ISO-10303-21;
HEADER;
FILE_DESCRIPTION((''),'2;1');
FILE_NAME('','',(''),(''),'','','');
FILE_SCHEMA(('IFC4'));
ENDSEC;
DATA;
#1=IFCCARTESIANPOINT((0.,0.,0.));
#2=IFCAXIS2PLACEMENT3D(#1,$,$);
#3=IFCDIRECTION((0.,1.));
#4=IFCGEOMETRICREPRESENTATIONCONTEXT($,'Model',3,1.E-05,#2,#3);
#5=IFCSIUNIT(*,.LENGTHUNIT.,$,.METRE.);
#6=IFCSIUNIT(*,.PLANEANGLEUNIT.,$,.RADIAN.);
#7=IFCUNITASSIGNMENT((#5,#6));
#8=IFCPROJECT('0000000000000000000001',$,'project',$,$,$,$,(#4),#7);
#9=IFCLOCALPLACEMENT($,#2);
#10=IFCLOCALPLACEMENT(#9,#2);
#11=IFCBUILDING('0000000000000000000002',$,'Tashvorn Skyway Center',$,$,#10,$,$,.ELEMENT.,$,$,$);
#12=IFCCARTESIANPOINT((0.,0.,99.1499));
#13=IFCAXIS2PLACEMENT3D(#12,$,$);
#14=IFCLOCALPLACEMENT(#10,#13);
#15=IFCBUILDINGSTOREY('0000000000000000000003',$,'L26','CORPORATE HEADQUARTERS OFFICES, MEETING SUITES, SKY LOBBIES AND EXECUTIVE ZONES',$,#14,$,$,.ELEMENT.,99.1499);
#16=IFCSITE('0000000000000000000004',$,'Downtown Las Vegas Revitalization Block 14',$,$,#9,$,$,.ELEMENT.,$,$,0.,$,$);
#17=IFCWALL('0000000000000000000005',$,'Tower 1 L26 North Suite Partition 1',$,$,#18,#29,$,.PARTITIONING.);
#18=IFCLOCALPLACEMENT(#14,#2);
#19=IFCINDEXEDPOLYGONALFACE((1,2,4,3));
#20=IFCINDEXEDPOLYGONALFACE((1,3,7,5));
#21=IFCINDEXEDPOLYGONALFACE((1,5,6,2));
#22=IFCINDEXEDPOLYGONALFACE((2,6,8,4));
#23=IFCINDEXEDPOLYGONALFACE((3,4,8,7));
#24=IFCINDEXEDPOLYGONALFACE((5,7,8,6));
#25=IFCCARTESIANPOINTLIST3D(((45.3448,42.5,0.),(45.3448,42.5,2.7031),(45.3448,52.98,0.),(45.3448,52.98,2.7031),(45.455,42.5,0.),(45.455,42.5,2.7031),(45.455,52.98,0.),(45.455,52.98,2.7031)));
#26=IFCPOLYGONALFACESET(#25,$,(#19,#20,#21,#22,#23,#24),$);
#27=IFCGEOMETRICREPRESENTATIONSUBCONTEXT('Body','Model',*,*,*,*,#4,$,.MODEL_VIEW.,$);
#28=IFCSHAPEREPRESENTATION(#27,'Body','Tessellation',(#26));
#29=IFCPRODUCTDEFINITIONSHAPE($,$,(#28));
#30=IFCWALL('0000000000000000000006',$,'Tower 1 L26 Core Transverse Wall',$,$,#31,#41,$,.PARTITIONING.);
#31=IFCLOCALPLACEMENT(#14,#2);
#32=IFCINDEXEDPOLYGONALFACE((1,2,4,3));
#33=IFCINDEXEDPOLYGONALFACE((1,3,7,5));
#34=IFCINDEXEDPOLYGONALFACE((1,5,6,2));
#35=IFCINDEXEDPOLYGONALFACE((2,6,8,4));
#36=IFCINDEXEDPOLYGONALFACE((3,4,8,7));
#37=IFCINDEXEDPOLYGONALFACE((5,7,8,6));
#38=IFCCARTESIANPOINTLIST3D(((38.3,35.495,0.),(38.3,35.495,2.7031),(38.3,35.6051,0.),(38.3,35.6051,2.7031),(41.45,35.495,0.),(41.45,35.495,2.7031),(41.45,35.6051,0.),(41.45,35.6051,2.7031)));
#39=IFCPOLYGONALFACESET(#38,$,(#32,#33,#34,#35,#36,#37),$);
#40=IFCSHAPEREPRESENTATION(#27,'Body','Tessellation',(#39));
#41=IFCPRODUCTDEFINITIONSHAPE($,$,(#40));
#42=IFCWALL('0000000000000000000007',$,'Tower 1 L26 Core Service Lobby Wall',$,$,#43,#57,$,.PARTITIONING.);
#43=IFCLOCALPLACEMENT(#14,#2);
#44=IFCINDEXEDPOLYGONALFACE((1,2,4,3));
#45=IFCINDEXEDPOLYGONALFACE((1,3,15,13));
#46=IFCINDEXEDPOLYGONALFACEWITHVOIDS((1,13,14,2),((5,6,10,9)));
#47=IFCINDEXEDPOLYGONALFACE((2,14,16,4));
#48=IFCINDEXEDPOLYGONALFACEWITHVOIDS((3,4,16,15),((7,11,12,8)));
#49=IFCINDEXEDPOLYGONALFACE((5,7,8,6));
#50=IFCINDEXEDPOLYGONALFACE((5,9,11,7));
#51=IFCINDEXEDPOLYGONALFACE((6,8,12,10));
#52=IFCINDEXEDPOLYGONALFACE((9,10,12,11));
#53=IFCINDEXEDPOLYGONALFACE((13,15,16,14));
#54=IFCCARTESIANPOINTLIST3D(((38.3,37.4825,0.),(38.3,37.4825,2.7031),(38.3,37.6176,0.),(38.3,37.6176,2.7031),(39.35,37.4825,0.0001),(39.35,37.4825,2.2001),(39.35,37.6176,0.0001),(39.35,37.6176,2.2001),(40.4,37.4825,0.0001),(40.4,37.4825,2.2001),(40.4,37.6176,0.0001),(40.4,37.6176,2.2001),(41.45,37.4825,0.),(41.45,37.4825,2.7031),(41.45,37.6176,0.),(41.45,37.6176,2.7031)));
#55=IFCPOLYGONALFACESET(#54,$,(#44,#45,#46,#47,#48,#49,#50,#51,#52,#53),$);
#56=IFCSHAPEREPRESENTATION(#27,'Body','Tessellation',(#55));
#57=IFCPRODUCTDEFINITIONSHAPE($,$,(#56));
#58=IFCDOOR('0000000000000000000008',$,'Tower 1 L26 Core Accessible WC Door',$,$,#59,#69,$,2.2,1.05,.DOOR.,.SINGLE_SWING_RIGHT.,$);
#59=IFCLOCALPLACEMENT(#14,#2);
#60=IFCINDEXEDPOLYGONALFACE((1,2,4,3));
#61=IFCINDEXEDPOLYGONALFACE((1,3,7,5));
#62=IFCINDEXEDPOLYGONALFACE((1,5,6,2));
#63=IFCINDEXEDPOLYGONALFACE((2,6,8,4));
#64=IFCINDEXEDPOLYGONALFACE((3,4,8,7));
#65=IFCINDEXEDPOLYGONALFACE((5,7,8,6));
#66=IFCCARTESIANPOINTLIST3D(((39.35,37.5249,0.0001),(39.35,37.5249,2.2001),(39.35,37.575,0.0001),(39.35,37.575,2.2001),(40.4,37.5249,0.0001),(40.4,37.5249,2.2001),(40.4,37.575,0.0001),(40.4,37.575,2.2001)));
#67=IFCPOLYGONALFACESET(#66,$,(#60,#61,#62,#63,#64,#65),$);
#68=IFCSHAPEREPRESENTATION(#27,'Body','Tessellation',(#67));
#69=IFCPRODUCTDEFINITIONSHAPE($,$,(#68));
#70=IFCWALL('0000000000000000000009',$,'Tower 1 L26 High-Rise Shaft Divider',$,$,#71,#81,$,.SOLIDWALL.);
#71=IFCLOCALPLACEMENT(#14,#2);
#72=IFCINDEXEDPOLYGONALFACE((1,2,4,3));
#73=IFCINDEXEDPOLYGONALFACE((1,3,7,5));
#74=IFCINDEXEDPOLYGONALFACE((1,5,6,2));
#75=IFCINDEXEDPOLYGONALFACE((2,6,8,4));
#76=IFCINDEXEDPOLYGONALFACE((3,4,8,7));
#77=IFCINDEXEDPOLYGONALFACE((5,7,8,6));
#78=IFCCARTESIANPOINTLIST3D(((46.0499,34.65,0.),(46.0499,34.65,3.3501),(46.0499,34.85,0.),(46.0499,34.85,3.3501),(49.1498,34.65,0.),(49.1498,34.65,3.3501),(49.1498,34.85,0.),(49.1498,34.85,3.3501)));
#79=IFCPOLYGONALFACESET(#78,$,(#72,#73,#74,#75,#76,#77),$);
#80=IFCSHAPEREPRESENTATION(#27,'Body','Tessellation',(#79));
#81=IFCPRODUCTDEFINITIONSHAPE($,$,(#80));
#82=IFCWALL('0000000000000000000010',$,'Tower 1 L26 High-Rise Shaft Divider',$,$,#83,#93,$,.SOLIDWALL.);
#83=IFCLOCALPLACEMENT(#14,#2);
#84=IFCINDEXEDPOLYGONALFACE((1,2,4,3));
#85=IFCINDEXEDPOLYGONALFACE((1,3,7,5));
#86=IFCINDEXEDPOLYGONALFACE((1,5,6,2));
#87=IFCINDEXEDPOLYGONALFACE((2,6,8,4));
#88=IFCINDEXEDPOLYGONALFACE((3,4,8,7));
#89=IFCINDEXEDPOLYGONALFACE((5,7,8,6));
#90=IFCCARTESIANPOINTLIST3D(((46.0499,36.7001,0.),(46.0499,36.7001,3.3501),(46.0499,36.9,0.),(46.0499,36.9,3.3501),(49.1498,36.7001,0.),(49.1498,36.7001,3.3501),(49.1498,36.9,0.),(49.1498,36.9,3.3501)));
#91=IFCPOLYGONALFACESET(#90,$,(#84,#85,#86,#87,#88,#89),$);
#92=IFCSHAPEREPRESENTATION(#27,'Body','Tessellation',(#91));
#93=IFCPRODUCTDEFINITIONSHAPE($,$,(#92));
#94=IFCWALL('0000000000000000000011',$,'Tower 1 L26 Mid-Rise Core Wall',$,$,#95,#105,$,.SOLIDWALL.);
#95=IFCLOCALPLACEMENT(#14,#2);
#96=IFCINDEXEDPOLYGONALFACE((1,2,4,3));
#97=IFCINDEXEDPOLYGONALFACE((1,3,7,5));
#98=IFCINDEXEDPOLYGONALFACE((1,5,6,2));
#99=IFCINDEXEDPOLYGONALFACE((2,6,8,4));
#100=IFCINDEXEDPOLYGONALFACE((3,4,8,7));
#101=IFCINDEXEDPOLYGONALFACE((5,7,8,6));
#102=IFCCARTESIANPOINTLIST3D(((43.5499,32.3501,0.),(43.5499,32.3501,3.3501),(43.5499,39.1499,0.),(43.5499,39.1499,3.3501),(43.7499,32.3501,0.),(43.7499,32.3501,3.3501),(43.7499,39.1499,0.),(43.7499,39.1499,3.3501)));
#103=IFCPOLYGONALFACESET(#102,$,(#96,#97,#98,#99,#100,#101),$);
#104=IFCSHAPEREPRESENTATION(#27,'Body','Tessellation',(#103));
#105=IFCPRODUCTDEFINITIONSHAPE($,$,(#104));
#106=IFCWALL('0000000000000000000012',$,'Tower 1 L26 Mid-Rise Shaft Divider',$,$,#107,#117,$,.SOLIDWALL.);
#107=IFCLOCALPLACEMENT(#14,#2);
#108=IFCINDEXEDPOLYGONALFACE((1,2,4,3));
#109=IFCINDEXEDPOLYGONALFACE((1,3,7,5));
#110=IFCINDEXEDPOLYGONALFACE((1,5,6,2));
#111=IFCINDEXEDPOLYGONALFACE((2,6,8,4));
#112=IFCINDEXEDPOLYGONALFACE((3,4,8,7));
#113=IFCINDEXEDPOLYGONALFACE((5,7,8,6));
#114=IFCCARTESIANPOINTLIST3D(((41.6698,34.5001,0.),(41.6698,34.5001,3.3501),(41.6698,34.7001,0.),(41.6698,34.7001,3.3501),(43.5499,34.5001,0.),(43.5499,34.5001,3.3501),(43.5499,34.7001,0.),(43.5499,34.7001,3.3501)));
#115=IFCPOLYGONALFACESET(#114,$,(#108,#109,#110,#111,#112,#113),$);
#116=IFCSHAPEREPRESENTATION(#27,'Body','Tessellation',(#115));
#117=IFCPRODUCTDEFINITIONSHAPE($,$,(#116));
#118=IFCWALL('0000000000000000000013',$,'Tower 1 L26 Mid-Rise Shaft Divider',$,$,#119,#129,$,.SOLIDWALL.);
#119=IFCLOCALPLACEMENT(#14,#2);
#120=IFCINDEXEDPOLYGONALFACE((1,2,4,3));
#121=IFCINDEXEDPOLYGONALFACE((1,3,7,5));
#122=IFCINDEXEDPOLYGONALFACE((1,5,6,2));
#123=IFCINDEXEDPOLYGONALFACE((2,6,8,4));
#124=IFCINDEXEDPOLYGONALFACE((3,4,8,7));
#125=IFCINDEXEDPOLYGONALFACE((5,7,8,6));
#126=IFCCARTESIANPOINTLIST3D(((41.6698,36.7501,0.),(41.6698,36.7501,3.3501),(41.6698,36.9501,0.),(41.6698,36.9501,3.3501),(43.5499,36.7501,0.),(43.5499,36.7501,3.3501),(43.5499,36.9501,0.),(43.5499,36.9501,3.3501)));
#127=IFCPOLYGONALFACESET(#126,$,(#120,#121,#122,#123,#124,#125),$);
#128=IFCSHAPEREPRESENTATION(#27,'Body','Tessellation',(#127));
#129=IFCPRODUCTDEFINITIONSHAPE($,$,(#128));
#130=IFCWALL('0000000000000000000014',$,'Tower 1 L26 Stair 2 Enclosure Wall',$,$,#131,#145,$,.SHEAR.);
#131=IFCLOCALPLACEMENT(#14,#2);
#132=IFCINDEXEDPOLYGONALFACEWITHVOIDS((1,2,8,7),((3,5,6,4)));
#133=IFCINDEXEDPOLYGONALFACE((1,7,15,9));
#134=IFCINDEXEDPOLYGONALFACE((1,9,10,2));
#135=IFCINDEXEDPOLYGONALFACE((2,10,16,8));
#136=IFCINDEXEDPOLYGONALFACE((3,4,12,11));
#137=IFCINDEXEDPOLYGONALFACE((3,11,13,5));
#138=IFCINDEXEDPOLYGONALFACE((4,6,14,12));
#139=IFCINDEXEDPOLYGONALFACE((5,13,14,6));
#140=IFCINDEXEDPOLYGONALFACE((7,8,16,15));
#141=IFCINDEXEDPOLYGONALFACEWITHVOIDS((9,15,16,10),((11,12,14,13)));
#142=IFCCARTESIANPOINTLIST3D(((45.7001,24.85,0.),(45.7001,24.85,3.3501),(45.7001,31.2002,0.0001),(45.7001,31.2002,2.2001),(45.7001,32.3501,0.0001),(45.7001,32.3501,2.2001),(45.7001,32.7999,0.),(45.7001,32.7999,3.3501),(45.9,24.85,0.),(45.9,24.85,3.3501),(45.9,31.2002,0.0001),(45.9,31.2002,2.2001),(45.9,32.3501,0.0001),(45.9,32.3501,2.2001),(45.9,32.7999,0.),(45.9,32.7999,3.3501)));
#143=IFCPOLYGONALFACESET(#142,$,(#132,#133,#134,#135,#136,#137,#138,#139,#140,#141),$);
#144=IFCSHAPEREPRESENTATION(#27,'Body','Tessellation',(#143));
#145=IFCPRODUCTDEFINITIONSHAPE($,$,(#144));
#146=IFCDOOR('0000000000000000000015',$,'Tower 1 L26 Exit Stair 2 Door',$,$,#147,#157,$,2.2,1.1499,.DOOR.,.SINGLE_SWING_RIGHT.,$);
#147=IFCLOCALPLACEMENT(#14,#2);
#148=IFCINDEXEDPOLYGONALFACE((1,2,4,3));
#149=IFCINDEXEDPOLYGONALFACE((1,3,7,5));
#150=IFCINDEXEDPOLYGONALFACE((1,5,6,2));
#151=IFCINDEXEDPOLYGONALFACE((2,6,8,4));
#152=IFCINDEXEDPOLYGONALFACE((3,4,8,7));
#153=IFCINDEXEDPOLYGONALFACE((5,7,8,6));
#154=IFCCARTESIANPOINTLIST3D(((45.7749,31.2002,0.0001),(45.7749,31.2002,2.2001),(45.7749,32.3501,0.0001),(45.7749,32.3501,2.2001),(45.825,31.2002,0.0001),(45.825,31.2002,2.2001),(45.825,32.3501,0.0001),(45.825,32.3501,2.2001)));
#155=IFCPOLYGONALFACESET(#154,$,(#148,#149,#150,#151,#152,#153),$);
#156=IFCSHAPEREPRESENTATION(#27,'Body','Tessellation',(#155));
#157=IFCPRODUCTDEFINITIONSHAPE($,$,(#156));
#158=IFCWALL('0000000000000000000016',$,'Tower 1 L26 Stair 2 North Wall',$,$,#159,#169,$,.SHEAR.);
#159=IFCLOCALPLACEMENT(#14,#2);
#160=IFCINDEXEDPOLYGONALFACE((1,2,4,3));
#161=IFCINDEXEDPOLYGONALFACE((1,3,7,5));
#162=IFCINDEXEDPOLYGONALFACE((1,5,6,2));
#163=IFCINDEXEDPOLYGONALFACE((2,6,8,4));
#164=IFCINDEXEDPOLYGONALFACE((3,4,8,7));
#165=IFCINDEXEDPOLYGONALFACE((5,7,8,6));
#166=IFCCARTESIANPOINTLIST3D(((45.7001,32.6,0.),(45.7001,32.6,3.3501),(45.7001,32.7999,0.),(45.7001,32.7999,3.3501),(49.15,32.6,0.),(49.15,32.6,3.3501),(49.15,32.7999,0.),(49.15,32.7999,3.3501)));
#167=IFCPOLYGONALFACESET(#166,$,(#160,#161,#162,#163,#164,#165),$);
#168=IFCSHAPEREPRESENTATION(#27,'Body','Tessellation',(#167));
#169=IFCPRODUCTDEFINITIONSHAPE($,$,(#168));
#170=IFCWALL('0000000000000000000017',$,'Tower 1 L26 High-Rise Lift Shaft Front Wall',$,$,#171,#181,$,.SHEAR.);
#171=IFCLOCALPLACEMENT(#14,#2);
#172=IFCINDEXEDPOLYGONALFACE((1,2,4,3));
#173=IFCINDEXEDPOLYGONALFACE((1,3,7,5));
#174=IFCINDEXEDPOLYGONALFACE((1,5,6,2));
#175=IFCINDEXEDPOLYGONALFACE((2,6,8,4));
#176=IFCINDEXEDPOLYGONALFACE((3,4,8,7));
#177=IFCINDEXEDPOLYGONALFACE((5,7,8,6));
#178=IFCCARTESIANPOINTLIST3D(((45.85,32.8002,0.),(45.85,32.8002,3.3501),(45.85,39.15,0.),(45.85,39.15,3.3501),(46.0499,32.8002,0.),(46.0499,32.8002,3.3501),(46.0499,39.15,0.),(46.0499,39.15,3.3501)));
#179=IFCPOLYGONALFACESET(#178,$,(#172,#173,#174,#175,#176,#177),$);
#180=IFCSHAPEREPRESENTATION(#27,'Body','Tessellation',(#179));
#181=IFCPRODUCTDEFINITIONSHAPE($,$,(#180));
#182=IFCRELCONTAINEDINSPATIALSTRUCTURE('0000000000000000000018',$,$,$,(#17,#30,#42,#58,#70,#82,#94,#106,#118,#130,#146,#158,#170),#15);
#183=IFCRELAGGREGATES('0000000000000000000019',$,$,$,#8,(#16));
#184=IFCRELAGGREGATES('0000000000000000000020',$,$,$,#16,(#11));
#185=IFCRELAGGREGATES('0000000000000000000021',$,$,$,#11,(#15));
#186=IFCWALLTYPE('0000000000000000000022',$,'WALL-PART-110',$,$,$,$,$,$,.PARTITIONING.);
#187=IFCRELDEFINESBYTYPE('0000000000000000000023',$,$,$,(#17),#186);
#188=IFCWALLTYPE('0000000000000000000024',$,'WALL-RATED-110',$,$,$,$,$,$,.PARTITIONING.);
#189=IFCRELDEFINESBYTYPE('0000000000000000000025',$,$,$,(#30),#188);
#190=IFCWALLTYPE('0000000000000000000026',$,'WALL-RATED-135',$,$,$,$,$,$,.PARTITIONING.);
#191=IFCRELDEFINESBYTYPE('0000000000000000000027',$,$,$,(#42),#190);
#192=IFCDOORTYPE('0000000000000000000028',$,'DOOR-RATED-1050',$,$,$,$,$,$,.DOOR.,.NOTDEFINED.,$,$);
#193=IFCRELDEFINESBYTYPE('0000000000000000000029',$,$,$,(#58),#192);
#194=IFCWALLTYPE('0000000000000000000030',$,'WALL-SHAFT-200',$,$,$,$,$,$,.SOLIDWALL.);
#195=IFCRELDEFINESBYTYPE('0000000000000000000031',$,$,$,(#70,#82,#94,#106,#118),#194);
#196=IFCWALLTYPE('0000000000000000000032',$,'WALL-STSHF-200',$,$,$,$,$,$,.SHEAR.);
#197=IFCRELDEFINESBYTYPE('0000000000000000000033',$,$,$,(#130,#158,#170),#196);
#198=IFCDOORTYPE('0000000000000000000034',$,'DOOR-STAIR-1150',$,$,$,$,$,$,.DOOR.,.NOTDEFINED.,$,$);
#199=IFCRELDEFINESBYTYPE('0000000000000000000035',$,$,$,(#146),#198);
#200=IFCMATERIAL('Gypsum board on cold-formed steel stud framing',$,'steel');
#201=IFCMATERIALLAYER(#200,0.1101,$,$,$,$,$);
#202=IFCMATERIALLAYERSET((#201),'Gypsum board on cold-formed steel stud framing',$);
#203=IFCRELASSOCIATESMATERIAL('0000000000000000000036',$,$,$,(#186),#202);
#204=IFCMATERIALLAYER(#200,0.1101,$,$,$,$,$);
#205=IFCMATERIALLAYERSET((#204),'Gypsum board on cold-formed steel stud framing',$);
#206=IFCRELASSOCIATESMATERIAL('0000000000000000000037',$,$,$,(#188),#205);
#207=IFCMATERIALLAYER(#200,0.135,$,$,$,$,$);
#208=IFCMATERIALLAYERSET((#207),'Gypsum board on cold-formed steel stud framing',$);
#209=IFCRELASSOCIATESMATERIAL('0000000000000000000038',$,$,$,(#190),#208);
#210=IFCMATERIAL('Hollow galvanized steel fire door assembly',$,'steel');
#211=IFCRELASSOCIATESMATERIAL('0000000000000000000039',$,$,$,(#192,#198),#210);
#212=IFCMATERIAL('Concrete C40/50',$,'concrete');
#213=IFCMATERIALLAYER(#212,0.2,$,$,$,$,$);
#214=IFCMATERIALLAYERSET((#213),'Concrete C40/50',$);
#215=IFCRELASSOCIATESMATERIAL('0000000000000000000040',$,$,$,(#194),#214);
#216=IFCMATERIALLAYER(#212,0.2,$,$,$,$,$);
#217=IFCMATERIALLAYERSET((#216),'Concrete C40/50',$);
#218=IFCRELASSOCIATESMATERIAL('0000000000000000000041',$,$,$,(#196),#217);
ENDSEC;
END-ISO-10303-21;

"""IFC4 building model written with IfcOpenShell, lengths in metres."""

from ifc_helpers import new_model, si_unit, direction, frame, frame_2d, origin, place, context, subcontext, project, spatial, rectangle, extrude, material, layer, layer_set, type_object, element, fill, save


model = new_model("IFC4")

# Units and contexts
model_context = context("Model", 3, precision=1e-05, world=origin(), true_north=direction((0.0, 1.0)))
body_context = subcontext(model_context, "Body", "Model", "MODEL_VIEW")
ifc_project = project(units=[si_unit("LENGTHUNIT", "METRE"), si_unit("PLANEANGLEUNIT", "RADIAN")], contexts=[model_context])

# Site, building, storey
site_placement = place(None, origin())
site = spatial("IfcSite", under=ifc_project, at=site_placement, Name="Downtown Las Vegas Revitalization Block 14", CompositionType="ELEMENT", RefElevation=0.0)
building_placement = place(site_placement, origin())
building = spatial("IfcBuilding", under=site, at=building_placement, Name="Tashvorn Skyway Center", CompositionType="ELEMENT")
storey_placement = place(building_placement, frame((0.0, 0.0, 99.1499)))
storey = spatial("IfcBuildingStorey", under=building, at=storey_placement, Name="L26", Description="CORPORATE HEADQUARTERS OFFICES, MEETING SUITES, SKY LOBBIES AND EXECUTIVE ZONES", CompositionType="ELEMENT", Elevation=99.1499)

# Shared definitions
ifc_material_1 = material(Name="Concrete C40/50", Category="concrete")
ifc_material_2 = material(Name="Hollow galvanized steel fire door assembly", Category="steel")

# Walls
ifc_material_3 = material(Name="Gypsum board on cold-formed steel stud framing", Category="steel")
ifc_layer_1 = layer(ifc_material_3, 0.1101)
ifc_layer_set_1 = layer_set([ifc_layer_1], Name="Gypsum board on cold-formed steel stud framing")
wall_type_1 = type_object("IfcWallType", Name="WALL-PART-110", PredefinedType="PARTITIONING", material=ifc_layer_set_1)
wall_1_placement = place(storey_placement, frame((45.3999, 42.5, 0.0), z_axis=(0.0, 0.0, 1.0), x_axis=(0.0, 1.0, 0.0)))
element("IfcWall", 1, at=wall_1_placement, inside=storey, type_object=wall_type_1, Name="Tower 1 L26 North Suite Partition 1", PredefinedType="PARTITIONING", context=body_context, shape_type="SweptSolid", body=[
    extrude(rectangle(XDim=10.48, YDim=0.1101, at=frame_2d((5.24, 0.0))), origin(), (0.0, 0.0, 1.0), 2.7031),
])
ifc_layer_2 = layer(ifc_material_3, 0.1101)
ifc_layer_set_2 = layer_set([ifc_layer_2], Name="Gypsum board on cold-formed steel stud framing")
wall_type_2 = type_object("IfcWallType", Name="WALL-RATED-110", PredefinedType="PARTITIONING", material=ifc_layer_set_2)
wall_2_placement = place(storey_placement, frame((38.3, 35.55, 0.0), z_axis=(0.0, 0.0, 1.0), x_axis=(1.0, 0.0, 0.0)))
element("IfcWall", 2, at=wall_2_placement, inside=storey, type_object=wall_type_2, Name="Tower 1 L26 Core Transverse Wall", PredefinedType="PARTITIONING", context=body_context, shape_type="SweptSolid", body=[
    extrude(rectangle(XDim=3.1499, YDim=0.1101, at=frame_2d((1.575, 0.0))), origin(), (0.0, 0.0, 1.0), 2.7031),
])

# Wall, opening, door
ifc_layer_3 = layer(ifc_material_3, 0.135)
ifc_layer_set_3 = layer_set([ifc_layer_3], Name="Gypsum board on cold-formed steel stud framing")
wall_type_3 = type_object("IfcWallType", Name="WALL-RATED-135", PredefinedType="PARTITIONING", material=ifc_layer_set_3)
wall_3_placement = place(storey_placement, frame((38.3, 37.55, 0.0), z_axis=(0.0, 0.0, 1.0), x_axis=(1.0, 0.0, 0.0)))
wall_3 = element("IfcWall", 3, at=wall_3_placement, inside=storey, type_object=wall_type_3, Name="Tower 1 L26 Core Service Lobby Wall", PredefinedType="PARTITIONING", context=body_context, shape_type="SweptSolid", body=[
    extrude(rectangle(XDim=3.1499, YDim=0.135, at=frame_2d((1.575, 0.0))), origin(), (0.0, 0.0, 1.0), 2.7031),
])
opening_1_placement = place(wall_3_placement, frame((1.05, 0.0, 0.0)))
opening_1 = element("IfcOpeningElement", 4, at=opening_1_placement, cuts=wall_3, PredefinedType="OPENING", context=body_context, shape_type="SweptSolid", body=[
    extrude(rectangle(XDim=1.05, YDim=2.2, at=frame_2d((0.5249, 1.1001))), frame((0.0, 0.0774, 0.0), z_axis=(0.0, -1.0, 0.0), x_axis=(1.0, 0.0, 0.0)), (0.0, 0.0, 1.0), 0.155),
])
door_type_1 = type_object("IfcDoorType", Name="DOOR-RATED-1050", OperationType="NOTDEFINED", PredefinedType="DOOR", material=ifc_material_2)
door_1_placement = place(opening_1_placement, origin())
door_1 = element("IfcDoor", 5, at=door_1_placement, inside=storey, type_object=door_type_1, Name="Tower 1 L26 Core Accessible WC Door", OperationType="SINGLE_SWING_RIGHT", OverallHeight=2.2, OverallWidth=1.05, PredefinedType="DOOR", context=body_context, shape_type="SweptSolid", body=[
    extrude(rectangle(XDim=1.05, YDim=2.2, at=frame_2d((0.5249, 1.1001))), frame((0.0, 0.0249, 0.0), z_axis=(0.0, -1.0, 0.0), x_axis=(1.0, 0.0, 0.0)), (0.0, 0.0, 1.0), 0.05),
])
fill(opening_1, door_1)

# Walls
ifc_layer_4 = layer(ifc_material_1, 0.2)
ifc_layer_set_4 = layer_set([ifc_layer_4], Name="Concrete C40/50")
wall_type_4 = type_object("IfcWallType", Name="WALL-SHAFT-200", PredefinedType="SOLIDWALL", material=ifc_layer_set_4)
for number, where, z_axis, x_axis, name in (
    (6, (46.05, 34.75, 0.0), (0.0, 0.0, 1.0), (1.0, 0.0, 0.0), "Tower 1 L26 High-Rise Shaft Divider"),
    (7, (46.05, 36.8, 0.0), (0.0, 0.0, 1.0), (1.0, 0.0, 0.0), "Tower 1 L26 High-Rise Shaft Divider"),
):
    element("IfcWall", number, at=place(storey_placement, frame(where, z_axis=z_axis, x_axis=x_axis)), inside=storey, type_object=wall_type_4, Name=name, PredefinedType="SOLIDWALL", context=body_context, shape_type="SweptSolid", body=[
        extrude(rectangle(XDim=3.0999, YDim=0.2, at=frame_2d((1.5498, 0.0))), origin(), (0.0, 0.0, 1.0), 3.3501),
    ])
wall_4_placement = place(storey_placement, frame((43.6499, 32.3501, 0.0), z_axis=(0.0, 0.0, 1.0), x_axis=(0.0, 1.0, 0.0)))
element("IfcWall", 8, at=wall_4_placement, inside=storey, type_object=wall_type_4, Name="Tower 1 L26 Mid-Rise Core Wall", PredefinedType="SOLIDWALL", context=body_context, shape_type="SweptSolid", body=[
    extrude(rectangle(XDim=6.7998, YDim=0.2, at=frame_2d((3.3999, 0.0))), origin(), (0.0, 0.0, 1.0), 3.3501),
])
for number, where, z_axis, x_axis, name in (
    (9, (41.6699, 34.6001, 0.0), (0.0, 0.0, 1.0), (1.0, 0.0, 0.0), "Tower 1 L26 Mid-Rise Shaft Divider"),
    (10, (41.6699, 36.8501, 0.0), (0.0, 0.0, 1.0), (1.0, 0.0, 0.0), "Tower 1 L26 Mid-Rise Shaft Divider"),
):
    element("IfcWall", number, at=place(storey_placement, frame(where, z_axis=z_axis, x_axis=x_axis)), inside=storey, type_object=wall_type_4, Name=name, PredefinedType="SOLIDWALL", context=body_context, shape_type="SweptSolid", body=[
        extrude(rectangle(XDim=1.8801, YDim=0.2, at=frame_2d((0.9399, 0.0))), origin(), (0.0, 0.0, 1.0), 3.3501),
    ])

# Wall, opening, door
ifc_layer_5 = layer(ifc_material_1, 0.2)
ifc_layer_set_5 = layer_set([ifc_layer_5], Name="Concrete C40/50")
wall_type_5 = type_object("IfcWallType", Name="WALL-STSHF-200", PredefinedType="SHEAR", material=ifc_layer_set_5)
wall_5_placement = place(storey_placement, frame((45.8, 32.8, 0.0), z_axis=(0.0, 0.0, 1.0), x_axis=(0.0, -1.0, 0.0)))
wall_5 = element("IfcWall", 11, at=wall_5_placement, inside=storey, type_object=wall_type_5, Name="Tower 1 L26 Stair 2 Enclosure Wall", PredefinedType="SHEAR", context=body_context, shape_type="SweptSolid", body=[
    extrude(rectangle(XDim=7.95, YDim=0.2, at=frame_2d((3.9751, 0.0))), origin(), (0.0, 0.0, 1.0), 3.3501),
])
opening_2_placement = place(wall_5_placement, frame((0.45, 0.0, 0.0)))
opening_2 = element("IfcOpeningElement", 12, at=opening_2_placement, cuts=wall_5, PredefinedType="OPENING", context=body_context, shape_type="SweptSolid", body=[
    extrude(rectangle(XDim=1.1499, YDim=2.2, at=frame_2d((0.575, 1.1001))), frame((0.0, 0.1099, 0.0), z_axis=(0.0, -1.0, 0.0), x_axis=(1.0, 0.0, 0.0)), (0.0, 0.0, 1.0), 0.22),
])
door_type_2 = type_object("IfcDoorType", Name="DOOR-STAIR-1150", OperationType="NOTDEFINED", PredefinedType="DOOR", material=ifc_material_2)
door_2_placement = place(opening_2_placement, origin())
door_2 = element("IfcDoor", 13, at=door_2_placement, inside=storey, type_object=door_type_2, Name="Tower 1 L26 Exit Stair 2 Door", OperationType="SINGLE_SWING_RIGHT", OverallHeight=2.2, OverallWidth=1.1499, PredefinedType="DOOR", context=body_context, shape_type="SweptSolid", body=[
    extrude(rectangle(XDim=1.1499, YDim=2.2, at=frame_2d((0.575, 1.1001))), frame((0.0, 0.0249, 0.0), z_axis=(0.0, -1.0, 0.0), x_axis=(1.0, 0.0, 0.0)), (0.0, 0.0, 1.0), 0.05),
])
fill(opening_2, door_2)

# Walls
wall_6_placement = place(storey_placement, frame((45.7, 32.7, 0.0), z_axis=(0.0, 0.0, 1.0), x_axis=(1.0, 0.0, 0.0)))
element("IfcWall", 14, at=wall_6_placement, inside=storey, type_object=wall_type_5, Name="Tower 1 L26 Stair 2 North Wall", PredefinedType="SHEAR", context=body_context, shape_type="SweptSolid", body=[
    extrude(rectangle(XDim=3.45, YDim=0.2, at=frame_2d((1.7251, 0.0))), origin(), (0.0, 0.0, 1.0), 3.3501),
])
wall_7_placement = place(storey_placement, frame((45.95, 39.1499, 0.0), z_axis=(0.0, 0.0, 1.0), x_axis=(0.0, -1.0, 0.0)))
element("IfcWall", 15, at=wall_7_placement, inside=storey, type_object=wall_type_5, Name="Tower 1 L26 High-Rise Lift Shaft Front Wall", PredefinedType="SHEAR", context=body_context, shape_type="SweptSolid", body=[
    extrude(rectangle(XDim=6.3499, YDim=0.2, at=frame_2d((3.1748, 0.0))), origin(), (0.0, 0.0, 1.0), 3.3501),
])

save(model, "model.ifc")
